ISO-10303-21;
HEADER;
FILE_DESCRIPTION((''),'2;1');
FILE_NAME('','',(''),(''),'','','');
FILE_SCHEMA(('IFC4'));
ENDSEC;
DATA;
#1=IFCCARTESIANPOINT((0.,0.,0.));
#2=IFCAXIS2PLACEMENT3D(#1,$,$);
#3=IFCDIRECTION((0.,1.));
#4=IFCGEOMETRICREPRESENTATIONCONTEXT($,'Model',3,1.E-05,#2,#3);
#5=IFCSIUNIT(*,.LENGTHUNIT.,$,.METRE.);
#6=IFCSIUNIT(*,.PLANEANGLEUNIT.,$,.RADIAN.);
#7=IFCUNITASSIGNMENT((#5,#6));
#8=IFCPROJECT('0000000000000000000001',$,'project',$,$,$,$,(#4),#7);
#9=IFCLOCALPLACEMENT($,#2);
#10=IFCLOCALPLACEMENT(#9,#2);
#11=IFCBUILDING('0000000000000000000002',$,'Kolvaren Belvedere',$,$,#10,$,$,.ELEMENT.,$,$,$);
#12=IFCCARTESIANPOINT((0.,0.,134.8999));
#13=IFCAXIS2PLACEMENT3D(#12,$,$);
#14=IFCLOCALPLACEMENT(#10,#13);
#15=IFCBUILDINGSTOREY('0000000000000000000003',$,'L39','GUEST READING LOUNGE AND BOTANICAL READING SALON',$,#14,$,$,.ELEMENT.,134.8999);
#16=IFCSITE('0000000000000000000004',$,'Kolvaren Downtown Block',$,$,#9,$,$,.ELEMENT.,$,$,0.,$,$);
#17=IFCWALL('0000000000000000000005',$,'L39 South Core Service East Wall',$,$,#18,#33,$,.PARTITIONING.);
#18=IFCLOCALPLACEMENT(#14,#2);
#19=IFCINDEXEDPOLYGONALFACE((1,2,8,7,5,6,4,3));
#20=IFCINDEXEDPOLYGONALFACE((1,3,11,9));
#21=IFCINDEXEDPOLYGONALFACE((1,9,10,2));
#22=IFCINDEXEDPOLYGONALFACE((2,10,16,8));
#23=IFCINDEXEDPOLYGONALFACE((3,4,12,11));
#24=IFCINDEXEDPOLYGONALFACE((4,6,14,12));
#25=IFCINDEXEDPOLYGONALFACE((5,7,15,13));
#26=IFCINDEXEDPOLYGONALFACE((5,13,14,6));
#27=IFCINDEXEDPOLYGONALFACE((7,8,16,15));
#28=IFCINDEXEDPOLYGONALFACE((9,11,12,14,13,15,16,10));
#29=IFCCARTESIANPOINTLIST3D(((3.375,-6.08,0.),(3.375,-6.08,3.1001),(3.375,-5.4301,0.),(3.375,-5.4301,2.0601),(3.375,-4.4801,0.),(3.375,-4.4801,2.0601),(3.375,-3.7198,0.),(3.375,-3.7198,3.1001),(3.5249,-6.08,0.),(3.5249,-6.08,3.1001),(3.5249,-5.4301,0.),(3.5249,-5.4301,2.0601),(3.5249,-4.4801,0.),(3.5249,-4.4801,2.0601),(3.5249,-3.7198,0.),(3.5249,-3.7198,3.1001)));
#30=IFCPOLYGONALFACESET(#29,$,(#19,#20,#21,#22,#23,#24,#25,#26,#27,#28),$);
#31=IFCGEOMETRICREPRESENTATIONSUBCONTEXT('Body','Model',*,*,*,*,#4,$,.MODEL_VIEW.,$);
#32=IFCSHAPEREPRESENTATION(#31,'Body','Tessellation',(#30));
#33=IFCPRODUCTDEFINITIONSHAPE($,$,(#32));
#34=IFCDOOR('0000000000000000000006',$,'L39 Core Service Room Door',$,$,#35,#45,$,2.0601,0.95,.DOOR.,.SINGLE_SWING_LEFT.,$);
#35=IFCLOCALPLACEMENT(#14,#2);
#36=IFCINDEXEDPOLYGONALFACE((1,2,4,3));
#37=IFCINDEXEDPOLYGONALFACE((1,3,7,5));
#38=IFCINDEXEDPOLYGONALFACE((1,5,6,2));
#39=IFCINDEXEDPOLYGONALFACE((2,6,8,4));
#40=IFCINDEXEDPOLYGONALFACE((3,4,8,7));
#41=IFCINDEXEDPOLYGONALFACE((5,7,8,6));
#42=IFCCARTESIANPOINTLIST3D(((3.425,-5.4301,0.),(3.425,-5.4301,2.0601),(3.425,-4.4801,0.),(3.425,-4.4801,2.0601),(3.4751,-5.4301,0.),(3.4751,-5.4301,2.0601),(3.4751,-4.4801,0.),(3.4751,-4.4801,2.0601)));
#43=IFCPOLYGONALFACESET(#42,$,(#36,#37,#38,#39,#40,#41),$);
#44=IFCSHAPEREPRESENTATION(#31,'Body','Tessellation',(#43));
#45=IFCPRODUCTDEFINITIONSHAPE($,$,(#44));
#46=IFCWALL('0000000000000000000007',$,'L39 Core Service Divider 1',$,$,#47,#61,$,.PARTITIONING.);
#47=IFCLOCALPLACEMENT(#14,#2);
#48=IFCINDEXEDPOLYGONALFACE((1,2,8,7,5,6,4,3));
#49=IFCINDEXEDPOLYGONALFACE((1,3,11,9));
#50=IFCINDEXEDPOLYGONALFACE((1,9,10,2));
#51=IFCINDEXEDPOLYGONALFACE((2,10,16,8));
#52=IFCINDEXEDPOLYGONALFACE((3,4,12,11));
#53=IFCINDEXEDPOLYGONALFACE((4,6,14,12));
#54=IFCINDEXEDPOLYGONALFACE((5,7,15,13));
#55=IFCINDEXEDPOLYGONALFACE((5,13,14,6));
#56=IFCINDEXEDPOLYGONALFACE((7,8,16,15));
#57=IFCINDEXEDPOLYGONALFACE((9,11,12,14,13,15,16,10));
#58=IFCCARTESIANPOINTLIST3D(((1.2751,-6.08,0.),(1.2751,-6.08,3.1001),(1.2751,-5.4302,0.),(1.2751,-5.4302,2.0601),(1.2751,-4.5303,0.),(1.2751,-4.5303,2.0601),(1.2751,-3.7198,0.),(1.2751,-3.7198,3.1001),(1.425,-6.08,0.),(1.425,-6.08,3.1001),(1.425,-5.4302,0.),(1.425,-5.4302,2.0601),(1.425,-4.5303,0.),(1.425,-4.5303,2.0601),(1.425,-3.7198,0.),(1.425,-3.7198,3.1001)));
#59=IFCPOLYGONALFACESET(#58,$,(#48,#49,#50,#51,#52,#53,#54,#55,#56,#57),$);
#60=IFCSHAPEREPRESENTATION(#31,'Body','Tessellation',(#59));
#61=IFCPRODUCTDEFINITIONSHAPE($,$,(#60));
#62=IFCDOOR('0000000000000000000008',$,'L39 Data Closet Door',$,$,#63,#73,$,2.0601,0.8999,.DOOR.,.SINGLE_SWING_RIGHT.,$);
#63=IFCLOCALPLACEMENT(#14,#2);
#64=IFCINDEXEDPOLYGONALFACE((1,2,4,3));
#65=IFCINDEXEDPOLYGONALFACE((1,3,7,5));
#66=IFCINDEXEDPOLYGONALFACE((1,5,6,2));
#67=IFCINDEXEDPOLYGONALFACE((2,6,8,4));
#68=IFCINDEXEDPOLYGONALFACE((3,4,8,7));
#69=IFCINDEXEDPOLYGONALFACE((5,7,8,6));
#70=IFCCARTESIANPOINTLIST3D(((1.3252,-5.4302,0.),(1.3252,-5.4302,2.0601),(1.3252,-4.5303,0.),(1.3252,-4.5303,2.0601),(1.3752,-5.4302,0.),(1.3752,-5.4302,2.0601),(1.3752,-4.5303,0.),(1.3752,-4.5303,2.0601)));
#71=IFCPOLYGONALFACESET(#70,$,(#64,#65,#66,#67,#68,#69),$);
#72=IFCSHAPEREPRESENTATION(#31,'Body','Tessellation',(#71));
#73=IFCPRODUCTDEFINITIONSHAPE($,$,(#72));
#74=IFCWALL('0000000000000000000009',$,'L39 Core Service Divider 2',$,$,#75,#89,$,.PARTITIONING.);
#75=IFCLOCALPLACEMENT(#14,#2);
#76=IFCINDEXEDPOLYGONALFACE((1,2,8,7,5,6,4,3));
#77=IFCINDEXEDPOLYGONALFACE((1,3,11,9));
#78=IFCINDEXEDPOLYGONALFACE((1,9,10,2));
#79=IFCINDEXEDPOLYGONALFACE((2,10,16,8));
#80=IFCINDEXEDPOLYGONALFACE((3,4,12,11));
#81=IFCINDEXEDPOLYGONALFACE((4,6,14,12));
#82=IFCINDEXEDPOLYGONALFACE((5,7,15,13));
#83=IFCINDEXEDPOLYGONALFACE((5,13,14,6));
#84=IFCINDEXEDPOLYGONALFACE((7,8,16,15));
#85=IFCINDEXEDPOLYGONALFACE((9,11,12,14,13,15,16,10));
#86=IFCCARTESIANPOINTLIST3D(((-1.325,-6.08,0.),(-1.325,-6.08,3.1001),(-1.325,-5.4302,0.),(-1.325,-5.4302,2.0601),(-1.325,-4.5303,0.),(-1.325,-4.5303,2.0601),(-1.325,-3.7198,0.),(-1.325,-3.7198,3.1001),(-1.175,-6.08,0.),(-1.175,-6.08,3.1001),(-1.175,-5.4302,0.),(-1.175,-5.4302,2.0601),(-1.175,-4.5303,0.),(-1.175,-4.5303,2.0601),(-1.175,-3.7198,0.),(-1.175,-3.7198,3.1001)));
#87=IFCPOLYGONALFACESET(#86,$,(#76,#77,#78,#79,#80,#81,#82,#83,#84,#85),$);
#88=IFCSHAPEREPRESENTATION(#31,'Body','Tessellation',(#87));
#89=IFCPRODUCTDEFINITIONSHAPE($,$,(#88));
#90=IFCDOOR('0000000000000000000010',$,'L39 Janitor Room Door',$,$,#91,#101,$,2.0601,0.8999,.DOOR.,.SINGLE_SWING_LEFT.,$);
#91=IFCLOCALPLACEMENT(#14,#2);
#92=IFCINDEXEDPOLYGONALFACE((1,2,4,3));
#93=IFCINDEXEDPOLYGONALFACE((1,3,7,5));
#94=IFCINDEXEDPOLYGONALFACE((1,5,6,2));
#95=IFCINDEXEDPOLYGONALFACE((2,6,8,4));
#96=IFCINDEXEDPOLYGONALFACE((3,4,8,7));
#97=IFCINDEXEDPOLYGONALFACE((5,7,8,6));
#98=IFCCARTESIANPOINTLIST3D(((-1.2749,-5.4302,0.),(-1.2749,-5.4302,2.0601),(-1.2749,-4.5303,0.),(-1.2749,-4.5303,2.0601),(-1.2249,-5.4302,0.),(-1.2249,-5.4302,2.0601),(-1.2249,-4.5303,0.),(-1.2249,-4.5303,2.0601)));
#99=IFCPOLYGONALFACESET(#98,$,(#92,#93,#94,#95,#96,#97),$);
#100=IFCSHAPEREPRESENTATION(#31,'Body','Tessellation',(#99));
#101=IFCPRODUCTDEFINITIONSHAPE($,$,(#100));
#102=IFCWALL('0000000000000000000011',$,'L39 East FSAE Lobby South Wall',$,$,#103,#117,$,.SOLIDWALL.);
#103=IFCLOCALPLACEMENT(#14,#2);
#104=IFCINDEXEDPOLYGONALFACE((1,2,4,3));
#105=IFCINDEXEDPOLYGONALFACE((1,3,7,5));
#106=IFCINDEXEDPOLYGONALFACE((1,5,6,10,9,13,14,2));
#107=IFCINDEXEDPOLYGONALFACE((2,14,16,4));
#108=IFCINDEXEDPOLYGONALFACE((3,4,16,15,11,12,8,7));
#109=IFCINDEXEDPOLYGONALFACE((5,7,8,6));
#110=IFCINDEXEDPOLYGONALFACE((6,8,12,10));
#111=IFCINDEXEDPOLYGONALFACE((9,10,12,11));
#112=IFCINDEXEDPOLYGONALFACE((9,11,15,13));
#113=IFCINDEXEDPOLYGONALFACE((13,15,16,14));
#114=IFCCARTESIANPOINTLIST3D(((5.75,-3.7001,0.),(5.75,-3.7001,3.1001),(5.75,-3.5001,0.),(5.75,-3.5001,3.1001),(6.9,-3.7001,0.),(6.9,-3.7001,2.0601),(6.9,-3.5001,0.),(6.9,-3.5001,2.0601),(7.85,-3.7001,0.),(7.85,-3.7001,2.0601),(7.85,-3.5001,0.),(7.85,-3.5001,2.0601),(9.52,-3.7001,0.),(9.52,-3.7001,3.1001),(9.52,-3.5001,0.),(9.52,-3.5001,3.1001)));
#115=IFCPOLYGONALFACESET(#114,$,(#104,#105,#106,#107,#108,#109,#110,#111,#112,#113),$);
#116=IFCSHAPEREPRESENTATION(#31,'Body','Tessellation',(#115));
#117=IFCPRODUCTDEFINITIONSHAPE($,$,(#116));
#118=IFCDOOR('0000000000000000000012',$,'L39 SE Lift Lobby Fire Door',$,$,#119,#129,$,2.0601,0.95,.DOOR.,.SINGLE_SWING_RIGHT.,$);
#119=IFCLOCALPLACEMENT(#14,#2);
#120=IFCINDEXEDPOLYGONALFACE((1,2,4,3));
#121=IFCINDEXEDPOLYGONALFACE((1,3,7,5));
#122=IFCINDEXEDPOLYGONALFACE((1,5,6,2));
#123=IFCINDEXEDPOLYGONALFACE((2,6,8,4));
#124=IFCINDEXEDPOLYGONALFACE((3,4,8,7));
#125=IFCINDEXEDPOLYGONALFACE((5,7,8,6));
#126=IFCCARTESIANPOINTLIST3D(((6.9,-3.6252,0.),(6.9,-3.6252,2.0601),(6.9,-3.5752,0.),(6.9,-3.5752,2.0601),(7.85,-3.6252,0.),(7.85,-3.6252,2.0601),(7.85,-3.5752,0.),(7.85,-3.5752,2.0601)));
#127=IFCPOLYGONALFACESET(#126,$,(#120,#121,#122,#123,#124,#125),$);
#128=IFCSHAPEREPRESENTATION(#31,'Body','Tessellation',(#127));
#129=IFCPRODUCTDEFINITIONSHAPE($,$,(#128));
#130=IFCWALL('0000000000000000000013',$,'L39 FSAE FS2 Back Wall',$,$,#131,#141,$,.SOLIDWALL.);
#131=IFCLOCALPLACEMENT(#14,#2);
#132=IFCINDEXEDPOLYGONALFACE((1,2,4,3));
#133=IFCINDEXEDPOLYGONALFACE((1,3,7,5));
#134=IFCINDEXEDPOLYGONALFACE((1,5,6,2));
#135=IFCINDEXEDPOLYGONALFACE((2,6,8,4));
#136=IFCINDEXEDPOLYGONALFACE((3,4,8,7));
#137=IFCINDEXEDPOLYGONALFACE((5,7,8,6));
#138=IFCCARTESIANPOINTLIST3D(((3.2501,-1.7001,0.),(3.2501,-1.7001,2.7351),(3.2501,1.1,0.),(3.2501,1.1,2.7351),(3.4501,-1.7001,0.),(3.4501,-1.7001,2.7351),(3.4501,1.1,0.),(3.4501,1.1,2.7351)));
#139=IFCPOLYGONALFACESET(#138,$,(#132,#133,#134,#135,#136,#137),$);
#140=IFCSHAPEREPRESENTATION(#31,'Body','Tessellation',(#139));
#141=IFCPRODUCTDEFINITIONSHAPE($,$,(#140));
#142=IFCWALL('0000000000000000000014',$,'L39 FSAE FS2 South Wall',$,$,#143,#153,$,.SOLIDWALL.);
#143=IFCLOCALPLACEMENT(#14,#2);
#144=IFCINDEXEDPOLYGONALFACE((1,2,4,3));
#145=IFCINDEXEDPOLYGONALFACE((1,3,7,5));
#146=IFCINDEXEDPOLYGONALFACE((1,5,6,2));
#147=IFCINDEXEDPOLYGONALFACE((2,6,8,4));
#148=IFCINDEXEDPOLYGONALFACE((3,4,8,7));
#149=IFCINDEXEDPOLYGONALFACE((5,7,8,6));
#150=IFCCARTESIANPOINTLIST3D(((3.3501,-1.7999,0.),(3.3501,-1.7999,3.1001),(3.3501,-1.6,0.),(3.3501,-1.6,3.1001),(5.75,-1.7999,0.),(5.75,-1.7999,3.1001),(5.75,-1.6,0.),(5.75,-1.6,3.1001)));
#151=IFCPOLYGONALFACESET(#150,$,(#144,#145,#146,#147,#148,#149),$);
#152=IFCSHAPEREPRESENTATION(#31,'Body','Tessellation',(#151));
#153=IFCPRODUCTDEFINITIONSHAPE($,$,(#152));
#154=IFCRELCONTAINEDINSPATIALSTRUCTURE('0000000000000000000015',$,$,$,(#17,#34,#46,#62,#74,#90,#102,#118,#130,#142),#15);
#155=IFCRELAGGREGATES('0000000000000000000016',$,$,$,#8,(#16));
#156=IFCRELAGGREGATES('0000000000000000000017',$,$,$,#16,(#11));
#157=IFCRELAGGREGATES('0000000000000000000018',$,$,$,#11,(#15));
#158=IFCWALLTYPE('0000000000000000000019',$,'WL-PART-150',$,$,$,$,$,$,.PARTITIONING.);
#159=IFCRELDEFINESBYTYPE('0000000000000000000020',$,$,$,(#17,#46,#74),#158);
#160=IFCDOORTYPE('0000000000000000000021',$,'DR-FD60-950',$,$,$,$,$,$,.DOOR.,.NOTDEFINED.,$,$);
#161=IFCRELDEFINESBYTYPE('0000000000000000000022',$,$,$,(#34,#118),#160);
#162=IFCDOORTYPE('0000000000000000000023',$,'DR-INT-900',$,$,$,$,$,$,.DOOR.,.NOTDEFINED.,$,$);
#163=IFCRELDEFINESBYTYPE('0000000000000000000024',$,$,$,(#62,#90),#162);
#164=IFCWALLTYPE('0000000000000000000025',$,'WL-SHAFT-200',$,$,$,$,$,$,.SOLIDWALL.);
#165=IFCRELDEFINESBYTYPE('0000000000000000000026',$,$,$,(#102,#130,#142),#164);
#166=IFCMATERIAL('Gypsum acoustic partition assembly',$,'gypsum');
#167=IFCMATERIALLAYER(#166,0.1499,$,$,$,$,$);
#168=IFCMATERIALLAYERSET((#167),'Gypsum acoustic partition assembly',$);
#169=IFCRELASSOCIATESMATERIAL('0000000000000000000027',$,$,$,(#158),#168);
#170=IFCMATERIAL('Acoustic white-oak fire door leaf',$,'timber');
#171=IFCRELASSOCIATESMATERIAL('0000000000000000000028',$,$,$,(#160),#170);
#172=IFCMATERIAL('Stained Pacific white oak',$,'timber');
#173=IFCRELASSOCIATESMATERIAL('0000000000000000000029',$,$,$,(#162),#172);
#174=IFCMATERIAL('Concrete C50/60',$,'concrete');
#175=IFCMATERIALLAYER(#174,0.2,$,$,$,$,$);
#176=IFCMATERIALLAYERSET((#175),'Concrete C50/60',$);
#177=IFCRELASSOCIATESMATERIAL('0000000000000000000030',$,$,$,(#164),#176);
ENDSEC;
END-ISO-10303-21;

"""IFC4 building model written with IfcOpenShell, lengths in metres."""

from ifc_helpers import new_model, si_unit, direction, frame, frame_2d, origin, place, context, subcontext, project, spatial, rectangle, extrude, material, layer, layer_set, type_object, element, fill, save


model = new_model("IFC4")

# Units and contexts
model_context = context("Model", 3, precision=1e-05, world=origin(), true_north=direction((0.0, 1.0)))
body_context = subcontext(model_context, "Body", "Model", "MODEL_VIEW")
ifc_project = project(units=[si_unit("LENGTHUNIT", "METRE"), si_unit("PLANEANGLEUNIT", "RADIAN")], contexts=[model_context])

# Site, building, storey
site_placement = place(None, origin())
site = spatial("IfcSite", under=ifc_project, at=site_placement, Name="Kolvaren Downtown Block", CompositionType="ELEMENT", RefElevation=0.0)
building_placement = place(site_placement, origin())
building = spatial("IfcBuilding", under=site, at=building_placement, Name="Kolvaren Belvedere", CompositionType="ELEMENT")
storey_placement = place(building_placement, frame((0.0, 0.0, 134.8999)))
storey = spatial("IfcBuildingStorey", under=building, at=storey_placement, Name="L39", Description="GUEST READING LOUNGE AND BOTANICAL READING SALON", CompositionType="ELEMENT", Elevation=134.8999)

# Walls, openings, doors
ifc_material_1 = material(Name="Gypsum acoustic partition assembly", Category="gypsum")
ifc_layer_1 = layer(ifc_material_1, 0.1499)
ifc_layer_set_1 = layer_set([ifc_layer_1], Name="Gypsum acoustic partition assembly")
wall_type_1 = type_object("IfcWallType", Name="WL-PART-150", PredefinedType="PARTITIONING", material=ifc_layer_set_1)
wall_1_placement = place(storey_placement, frame((3.45, -6.0801, 0.0), z_axis=(0.0, 0.0, 1.0), x_axis=(0.0, 1.0, 0.0)))
wall_1 = element("IfcWall", 1, at=wall_1_placement, inside=storey, type_object=wall_type_1, Name="L39 South Core Service East Wall", PredefinedType="PARTITIONING", context=body_context, shape_type="SweptSolid", body=[
    extrude(rectangle(XDim=2.3601, YDim=0.1499, at=frame_2d((1.1802, 0.0))), origin(), (0.0, 0.0, 1.0), 3.1001),
])
opening_1_placement = place(wall_1_placement, frame((0.6499, 0.0, 0.0)))
opening_1 = element("IfcOpeningElement", 2, at=opening_1_placement, cuts=wall_1, PredefinedType="OPENING", context=body_context, shape_type="SweptSolid", body=[
    extrude(rectangle(XDim=0.95, YDim=2.0601, at=frame_2d((0.4751, 1.03))), frame((0.0, 0.085, 0.0), z_axis=(0.0, -1.0, 0.0), x_axis=(1.0, 0.0, 0.0)), (0.0, 0.0, 1.0), 0.1699),
])
ifc_material_2 = material(Name="Acoustic white-oak fire door leaf", Category="timber")
door_type_1 = type_object("IfcDoorType", Name="DR-FD60-950", OperationType="NOTDEFINED", PredefinedType="DOOR", material=ifc_material_2)
door_1_placement = place(opening_1_placement, origin())
door_1 = element("IfcDoor", 3, at=door_1_placement, inside=storey, type_object=door_type_1, Name="L39 Core Service Room Door", OperationType="SINGLE_SWING_LEFT", OverallHeight=2.0601, OverallWidth=0.95, PredefinedType="DOOR", context=body_context, shape_type="SweptSolid", body=[
    extrude(rectangle(XDim=0.95, YDim=2.0601, at=frame_2d((0.4751, 1.03))), frame((0.0, 0.0249, 0.0), z_axis=(0.0, -1.0, 0.0), x_axis=(1.0, 0.0, 0.0)), (0.0, 0.0, 1.0), 0.05),
])
fill(opening_1, door_1)
wall_2_placement = place(storey_placement, frame((1.3501, -6.0801, 0.0), z_axis=(0.0, 0.0, 1.0), x_axis=(0.0, 1.0, 0.0)))
wall_2 = element("IfcWall", 4, at=wall_2_placement, inside=storey, type_object=wall_type_1, Name="L39 Core Service Divider 1", PredefinedType="PARTITIONING", context=body_context, shape_type="SweptSolid", body=[
    extrude(rectangle(XDim=2.3601, YDim=0.1499, at=frame_2d((1.1802, 0.0))), origin(), (0.0, 0.0, 1.0), 3.1001),
])
opening_2_placement = place(wall_2_placement, frame((0.6499, 0.0, 0.0)))
opening_2 = element("IfcOpeningElement", 5, at=opening_2_placement, cuts=wall_2, PredefinedType="OPENING", context=body_context, shape_type="SweptSolid", body=[
    extrude(rectangle(XDim=0.8999, YDim=2.0601, at=frame_2d((0.45, 1.03))), frame((0.0, 0.085, 0.0), z_axis=(0.0, -1.0, 0.0), x_axis=(1.0, 0.0, 0.0)), (0.0, 0.0, 1.0), 0.1699),
])
ifc_material_3 = material(Name="Stained Pacific white oak", Category="timber")
door_type_2 = type_object("IfcDoorType", Name="DR-INT-900", OperationType="NOTDEFINED", PredefinedType="DOOR", material=ifc_material_3)
door_2_placement = place(opening_2_placement, origin())
door_2 = element("IfcDoor", 6, at=door_2_placement, inside=storey, type_object=door_type_2, Name="L39 Data Closet Door", OperationType="SINGLE_SWING_RIGHT", OverallHeight=2.0601, OverallWidth=0.8999, PredefinedType="DOOR", context=body_context, shape_type="SweptSolid", body=[
    extrude(rectangle(XDim=0.8999, YDim=2.0601, at=frame_2d((0.45, 1.03))), frame((0.0, 0.0249, 0.0), z_axis=(0.0, -1.0, 0.0), x_axis=(1.0, 0.0, 0.0)), (0.0, 0.0, 1.0), 0.05),
])
fill(opening_2, door_2)
wall_3_placement = place(storey_placement, frame((-1.25, -6.0801, 0.0), z_axis=(0.0, 0.0, 1.0), x_axis=(0.0, 1.0, 0.0)))
wall_3 = element("IfcWall", 7, at=wall_3_placement, inside=storey, type_object=wall_type_1, Name="L39 Core Service Divider 2", PredefinedType="PARTITIONING", context=body_context, shape_type="SweptSolid", body=[
    extrude(rectangle(XDim=2.3601, YDim=0.1499, at=frame_2d((1.1802, 0.0))), origin(), (0.0, 0.0, 1.0), 3.1001),
])
opening_3_placement = place(wall_3_placement, frame((0.6499, 0.0, 0.0)))
opening_3 = element("IfcOpeningElement", 8, at=opening_3_placement, cuts=wall_3, PredefinedType="OPENING", context=body_context, shape_type="SweptSolid", body=[
    extrude(rectangle(XDim=0.8999, YDim=2.0601, at=frame_2d((0.45, 1.03))), frame((0.0, 0.085, 0.0), z_axis=(0.0, -1.0, 0.0), x_axis=(1.0, 0.0, 0.0)), (0.0, 0.0, 1.0), 0.1699),
])
door_3_placement = place(opening_3_placement, origin())
door_3 = element("IfcDoor", 9, at=door_3_placement, inside=storey, type_object=door_type_2, Name="L39 Janitor Room Door", OperationType="SINGLE_SWING_LEFT", OverallHeight=2.0601, OverallWidth=0.8999, PredefinedType="DOOR", context=body_context, shape_type="SweptSolid", body=[
    extrude(rectangle(XDim=0.8999, YDim=2.0601, at=frame_2d((0.45, 1.03))), frame((0.0, 0.0249, 0.0), z_axis=(0.0, -1.0, 0.0), x_axis=(1.0, 0.0, 0.0)), (0.0, 0.0, 1.0), 0.05),
])
fill(opening_3, door_3)
ifc_material_4 = material(Name="Concrete C50/60", Category="concrete")
ifc_layer_2 = layer(ifc_material_4, 0.2)
ifc_layer_set_2 = layer_set([ifc_layer_2], Name="Concrete C50/60")
wall_type_2 = type_object("IfcWallType", Name="WL-SHAFT-200", PredefinedType="SOLIDWALL", material=ifc_layer_set_2)
wall_4_placement = place(storey_placement, frame((5.75, -3.6001, 0.0), z_axis=(0.0, 0.0, 1.0), x_axis=(1.0, 0.0, 0.0)))
wall_4 = element("IfcWall", 10, at=wall_4_placement, inside=storey, type_object=wall_type_2, Name="L39 East FSAE Lobby South Wall", PredefinedType="SOLIDWALL", context=body_context, shape_type="SweptSolid", body=[
    extrude(rectangle(XDim=3.77, YDim=0.2, at=frame_2d((1.885, 0.0))), origin(), (0.0, 0.0, 1.0), 3.1001),
])
opening_4_placement = place(wall_4_placement, frame((1.1499, 0.0, 0.0)))
opening_4 = element("IfcOpeningElement", 11, at=opening_4_placement, cuts=wall_4, PredefinedType="OPENING", context=body_context, shape_type="SweptSolid", body=[
    extrude(rectangle(XDim=0.95, YDim=2.0601, at=frame_2d((0.4751, 1.03))), frame((0.0, 0.1099, 0.0), z_axis=(0.0, -1.0, 0.0), x_axis=(1.0, 0.0, 0.0)), (0.0, 0.0, 1.0), 0.22),
])
door_4_placement = place(opening_4_placement, origin())
door_4 = element("IfcDoor", 12, at=door_4_placement, inside=storey, type_object=door_type_1, Name="L39 SE Lift Lobby Fire Door", OperationType="SINGLE_SWING_RIGHT", OverallHeight=2.0601, OverallWidth=0.95, PredefinedType="DOOR", context=body_context, shape_type="SweptSolid", body=[
    extrude(rectangle(XDim=0.95, YDim=2.0601, at=frame_2d((0.4751, 1.03))), frame((0.0, 0.0249, 0.0), z_axis=(0.0, -1.0, 0.0), x_axis=(1.0, 0.0, 0.0)), (0.0, 0.0, 1.0), 0.05),
])
fill(opening_4, door_4)

# Walls
wall_5_placement = place(storey_placement, frame((3.3501, -1.7, 0.0), z_axis=(0.0, 0.0, 1.0), x_axis=(0.0, 1.0, 0.0)))
element("IfcWall", 13, at=wall_5_placement, inside=storey, type_object=wall_type_2, Name="L39 FSAE FS2 Back Wall", PredefinedType="SOLIDWALL", context=body_context, shape_type="SweptSolid", body=[
    extrude(rectangle(XDim=2.8, YDim=0.2, at=frame_2d((1.3999, 0.0))), origin(), (0.0, 0.0, 1.0), 2.7351),
])
wall_6_placement = place(storey_placement, frame((3.3501, -1.7, 0.0), z_axis=(0.0, 0.0, 1.0), x_axis=(1.0, 0.0, 0.0)))
element("IfcWall", 14, at=wall_6_placement, inside=storey, type_object=wall_type_2, Name="L39 FSAE FS2 South Wall", PredefinedType="SOLIDWALL", context=body_context, shape_type="SweptSolid", body=[
    extrude(rectangle(XDim=2.3999, YDim=0.2, at=frame_2d((1.2, 0.0))), origin(), (0.0, 0.0, 1.0), 3.1001),
])

save(model, "model.ifc")
